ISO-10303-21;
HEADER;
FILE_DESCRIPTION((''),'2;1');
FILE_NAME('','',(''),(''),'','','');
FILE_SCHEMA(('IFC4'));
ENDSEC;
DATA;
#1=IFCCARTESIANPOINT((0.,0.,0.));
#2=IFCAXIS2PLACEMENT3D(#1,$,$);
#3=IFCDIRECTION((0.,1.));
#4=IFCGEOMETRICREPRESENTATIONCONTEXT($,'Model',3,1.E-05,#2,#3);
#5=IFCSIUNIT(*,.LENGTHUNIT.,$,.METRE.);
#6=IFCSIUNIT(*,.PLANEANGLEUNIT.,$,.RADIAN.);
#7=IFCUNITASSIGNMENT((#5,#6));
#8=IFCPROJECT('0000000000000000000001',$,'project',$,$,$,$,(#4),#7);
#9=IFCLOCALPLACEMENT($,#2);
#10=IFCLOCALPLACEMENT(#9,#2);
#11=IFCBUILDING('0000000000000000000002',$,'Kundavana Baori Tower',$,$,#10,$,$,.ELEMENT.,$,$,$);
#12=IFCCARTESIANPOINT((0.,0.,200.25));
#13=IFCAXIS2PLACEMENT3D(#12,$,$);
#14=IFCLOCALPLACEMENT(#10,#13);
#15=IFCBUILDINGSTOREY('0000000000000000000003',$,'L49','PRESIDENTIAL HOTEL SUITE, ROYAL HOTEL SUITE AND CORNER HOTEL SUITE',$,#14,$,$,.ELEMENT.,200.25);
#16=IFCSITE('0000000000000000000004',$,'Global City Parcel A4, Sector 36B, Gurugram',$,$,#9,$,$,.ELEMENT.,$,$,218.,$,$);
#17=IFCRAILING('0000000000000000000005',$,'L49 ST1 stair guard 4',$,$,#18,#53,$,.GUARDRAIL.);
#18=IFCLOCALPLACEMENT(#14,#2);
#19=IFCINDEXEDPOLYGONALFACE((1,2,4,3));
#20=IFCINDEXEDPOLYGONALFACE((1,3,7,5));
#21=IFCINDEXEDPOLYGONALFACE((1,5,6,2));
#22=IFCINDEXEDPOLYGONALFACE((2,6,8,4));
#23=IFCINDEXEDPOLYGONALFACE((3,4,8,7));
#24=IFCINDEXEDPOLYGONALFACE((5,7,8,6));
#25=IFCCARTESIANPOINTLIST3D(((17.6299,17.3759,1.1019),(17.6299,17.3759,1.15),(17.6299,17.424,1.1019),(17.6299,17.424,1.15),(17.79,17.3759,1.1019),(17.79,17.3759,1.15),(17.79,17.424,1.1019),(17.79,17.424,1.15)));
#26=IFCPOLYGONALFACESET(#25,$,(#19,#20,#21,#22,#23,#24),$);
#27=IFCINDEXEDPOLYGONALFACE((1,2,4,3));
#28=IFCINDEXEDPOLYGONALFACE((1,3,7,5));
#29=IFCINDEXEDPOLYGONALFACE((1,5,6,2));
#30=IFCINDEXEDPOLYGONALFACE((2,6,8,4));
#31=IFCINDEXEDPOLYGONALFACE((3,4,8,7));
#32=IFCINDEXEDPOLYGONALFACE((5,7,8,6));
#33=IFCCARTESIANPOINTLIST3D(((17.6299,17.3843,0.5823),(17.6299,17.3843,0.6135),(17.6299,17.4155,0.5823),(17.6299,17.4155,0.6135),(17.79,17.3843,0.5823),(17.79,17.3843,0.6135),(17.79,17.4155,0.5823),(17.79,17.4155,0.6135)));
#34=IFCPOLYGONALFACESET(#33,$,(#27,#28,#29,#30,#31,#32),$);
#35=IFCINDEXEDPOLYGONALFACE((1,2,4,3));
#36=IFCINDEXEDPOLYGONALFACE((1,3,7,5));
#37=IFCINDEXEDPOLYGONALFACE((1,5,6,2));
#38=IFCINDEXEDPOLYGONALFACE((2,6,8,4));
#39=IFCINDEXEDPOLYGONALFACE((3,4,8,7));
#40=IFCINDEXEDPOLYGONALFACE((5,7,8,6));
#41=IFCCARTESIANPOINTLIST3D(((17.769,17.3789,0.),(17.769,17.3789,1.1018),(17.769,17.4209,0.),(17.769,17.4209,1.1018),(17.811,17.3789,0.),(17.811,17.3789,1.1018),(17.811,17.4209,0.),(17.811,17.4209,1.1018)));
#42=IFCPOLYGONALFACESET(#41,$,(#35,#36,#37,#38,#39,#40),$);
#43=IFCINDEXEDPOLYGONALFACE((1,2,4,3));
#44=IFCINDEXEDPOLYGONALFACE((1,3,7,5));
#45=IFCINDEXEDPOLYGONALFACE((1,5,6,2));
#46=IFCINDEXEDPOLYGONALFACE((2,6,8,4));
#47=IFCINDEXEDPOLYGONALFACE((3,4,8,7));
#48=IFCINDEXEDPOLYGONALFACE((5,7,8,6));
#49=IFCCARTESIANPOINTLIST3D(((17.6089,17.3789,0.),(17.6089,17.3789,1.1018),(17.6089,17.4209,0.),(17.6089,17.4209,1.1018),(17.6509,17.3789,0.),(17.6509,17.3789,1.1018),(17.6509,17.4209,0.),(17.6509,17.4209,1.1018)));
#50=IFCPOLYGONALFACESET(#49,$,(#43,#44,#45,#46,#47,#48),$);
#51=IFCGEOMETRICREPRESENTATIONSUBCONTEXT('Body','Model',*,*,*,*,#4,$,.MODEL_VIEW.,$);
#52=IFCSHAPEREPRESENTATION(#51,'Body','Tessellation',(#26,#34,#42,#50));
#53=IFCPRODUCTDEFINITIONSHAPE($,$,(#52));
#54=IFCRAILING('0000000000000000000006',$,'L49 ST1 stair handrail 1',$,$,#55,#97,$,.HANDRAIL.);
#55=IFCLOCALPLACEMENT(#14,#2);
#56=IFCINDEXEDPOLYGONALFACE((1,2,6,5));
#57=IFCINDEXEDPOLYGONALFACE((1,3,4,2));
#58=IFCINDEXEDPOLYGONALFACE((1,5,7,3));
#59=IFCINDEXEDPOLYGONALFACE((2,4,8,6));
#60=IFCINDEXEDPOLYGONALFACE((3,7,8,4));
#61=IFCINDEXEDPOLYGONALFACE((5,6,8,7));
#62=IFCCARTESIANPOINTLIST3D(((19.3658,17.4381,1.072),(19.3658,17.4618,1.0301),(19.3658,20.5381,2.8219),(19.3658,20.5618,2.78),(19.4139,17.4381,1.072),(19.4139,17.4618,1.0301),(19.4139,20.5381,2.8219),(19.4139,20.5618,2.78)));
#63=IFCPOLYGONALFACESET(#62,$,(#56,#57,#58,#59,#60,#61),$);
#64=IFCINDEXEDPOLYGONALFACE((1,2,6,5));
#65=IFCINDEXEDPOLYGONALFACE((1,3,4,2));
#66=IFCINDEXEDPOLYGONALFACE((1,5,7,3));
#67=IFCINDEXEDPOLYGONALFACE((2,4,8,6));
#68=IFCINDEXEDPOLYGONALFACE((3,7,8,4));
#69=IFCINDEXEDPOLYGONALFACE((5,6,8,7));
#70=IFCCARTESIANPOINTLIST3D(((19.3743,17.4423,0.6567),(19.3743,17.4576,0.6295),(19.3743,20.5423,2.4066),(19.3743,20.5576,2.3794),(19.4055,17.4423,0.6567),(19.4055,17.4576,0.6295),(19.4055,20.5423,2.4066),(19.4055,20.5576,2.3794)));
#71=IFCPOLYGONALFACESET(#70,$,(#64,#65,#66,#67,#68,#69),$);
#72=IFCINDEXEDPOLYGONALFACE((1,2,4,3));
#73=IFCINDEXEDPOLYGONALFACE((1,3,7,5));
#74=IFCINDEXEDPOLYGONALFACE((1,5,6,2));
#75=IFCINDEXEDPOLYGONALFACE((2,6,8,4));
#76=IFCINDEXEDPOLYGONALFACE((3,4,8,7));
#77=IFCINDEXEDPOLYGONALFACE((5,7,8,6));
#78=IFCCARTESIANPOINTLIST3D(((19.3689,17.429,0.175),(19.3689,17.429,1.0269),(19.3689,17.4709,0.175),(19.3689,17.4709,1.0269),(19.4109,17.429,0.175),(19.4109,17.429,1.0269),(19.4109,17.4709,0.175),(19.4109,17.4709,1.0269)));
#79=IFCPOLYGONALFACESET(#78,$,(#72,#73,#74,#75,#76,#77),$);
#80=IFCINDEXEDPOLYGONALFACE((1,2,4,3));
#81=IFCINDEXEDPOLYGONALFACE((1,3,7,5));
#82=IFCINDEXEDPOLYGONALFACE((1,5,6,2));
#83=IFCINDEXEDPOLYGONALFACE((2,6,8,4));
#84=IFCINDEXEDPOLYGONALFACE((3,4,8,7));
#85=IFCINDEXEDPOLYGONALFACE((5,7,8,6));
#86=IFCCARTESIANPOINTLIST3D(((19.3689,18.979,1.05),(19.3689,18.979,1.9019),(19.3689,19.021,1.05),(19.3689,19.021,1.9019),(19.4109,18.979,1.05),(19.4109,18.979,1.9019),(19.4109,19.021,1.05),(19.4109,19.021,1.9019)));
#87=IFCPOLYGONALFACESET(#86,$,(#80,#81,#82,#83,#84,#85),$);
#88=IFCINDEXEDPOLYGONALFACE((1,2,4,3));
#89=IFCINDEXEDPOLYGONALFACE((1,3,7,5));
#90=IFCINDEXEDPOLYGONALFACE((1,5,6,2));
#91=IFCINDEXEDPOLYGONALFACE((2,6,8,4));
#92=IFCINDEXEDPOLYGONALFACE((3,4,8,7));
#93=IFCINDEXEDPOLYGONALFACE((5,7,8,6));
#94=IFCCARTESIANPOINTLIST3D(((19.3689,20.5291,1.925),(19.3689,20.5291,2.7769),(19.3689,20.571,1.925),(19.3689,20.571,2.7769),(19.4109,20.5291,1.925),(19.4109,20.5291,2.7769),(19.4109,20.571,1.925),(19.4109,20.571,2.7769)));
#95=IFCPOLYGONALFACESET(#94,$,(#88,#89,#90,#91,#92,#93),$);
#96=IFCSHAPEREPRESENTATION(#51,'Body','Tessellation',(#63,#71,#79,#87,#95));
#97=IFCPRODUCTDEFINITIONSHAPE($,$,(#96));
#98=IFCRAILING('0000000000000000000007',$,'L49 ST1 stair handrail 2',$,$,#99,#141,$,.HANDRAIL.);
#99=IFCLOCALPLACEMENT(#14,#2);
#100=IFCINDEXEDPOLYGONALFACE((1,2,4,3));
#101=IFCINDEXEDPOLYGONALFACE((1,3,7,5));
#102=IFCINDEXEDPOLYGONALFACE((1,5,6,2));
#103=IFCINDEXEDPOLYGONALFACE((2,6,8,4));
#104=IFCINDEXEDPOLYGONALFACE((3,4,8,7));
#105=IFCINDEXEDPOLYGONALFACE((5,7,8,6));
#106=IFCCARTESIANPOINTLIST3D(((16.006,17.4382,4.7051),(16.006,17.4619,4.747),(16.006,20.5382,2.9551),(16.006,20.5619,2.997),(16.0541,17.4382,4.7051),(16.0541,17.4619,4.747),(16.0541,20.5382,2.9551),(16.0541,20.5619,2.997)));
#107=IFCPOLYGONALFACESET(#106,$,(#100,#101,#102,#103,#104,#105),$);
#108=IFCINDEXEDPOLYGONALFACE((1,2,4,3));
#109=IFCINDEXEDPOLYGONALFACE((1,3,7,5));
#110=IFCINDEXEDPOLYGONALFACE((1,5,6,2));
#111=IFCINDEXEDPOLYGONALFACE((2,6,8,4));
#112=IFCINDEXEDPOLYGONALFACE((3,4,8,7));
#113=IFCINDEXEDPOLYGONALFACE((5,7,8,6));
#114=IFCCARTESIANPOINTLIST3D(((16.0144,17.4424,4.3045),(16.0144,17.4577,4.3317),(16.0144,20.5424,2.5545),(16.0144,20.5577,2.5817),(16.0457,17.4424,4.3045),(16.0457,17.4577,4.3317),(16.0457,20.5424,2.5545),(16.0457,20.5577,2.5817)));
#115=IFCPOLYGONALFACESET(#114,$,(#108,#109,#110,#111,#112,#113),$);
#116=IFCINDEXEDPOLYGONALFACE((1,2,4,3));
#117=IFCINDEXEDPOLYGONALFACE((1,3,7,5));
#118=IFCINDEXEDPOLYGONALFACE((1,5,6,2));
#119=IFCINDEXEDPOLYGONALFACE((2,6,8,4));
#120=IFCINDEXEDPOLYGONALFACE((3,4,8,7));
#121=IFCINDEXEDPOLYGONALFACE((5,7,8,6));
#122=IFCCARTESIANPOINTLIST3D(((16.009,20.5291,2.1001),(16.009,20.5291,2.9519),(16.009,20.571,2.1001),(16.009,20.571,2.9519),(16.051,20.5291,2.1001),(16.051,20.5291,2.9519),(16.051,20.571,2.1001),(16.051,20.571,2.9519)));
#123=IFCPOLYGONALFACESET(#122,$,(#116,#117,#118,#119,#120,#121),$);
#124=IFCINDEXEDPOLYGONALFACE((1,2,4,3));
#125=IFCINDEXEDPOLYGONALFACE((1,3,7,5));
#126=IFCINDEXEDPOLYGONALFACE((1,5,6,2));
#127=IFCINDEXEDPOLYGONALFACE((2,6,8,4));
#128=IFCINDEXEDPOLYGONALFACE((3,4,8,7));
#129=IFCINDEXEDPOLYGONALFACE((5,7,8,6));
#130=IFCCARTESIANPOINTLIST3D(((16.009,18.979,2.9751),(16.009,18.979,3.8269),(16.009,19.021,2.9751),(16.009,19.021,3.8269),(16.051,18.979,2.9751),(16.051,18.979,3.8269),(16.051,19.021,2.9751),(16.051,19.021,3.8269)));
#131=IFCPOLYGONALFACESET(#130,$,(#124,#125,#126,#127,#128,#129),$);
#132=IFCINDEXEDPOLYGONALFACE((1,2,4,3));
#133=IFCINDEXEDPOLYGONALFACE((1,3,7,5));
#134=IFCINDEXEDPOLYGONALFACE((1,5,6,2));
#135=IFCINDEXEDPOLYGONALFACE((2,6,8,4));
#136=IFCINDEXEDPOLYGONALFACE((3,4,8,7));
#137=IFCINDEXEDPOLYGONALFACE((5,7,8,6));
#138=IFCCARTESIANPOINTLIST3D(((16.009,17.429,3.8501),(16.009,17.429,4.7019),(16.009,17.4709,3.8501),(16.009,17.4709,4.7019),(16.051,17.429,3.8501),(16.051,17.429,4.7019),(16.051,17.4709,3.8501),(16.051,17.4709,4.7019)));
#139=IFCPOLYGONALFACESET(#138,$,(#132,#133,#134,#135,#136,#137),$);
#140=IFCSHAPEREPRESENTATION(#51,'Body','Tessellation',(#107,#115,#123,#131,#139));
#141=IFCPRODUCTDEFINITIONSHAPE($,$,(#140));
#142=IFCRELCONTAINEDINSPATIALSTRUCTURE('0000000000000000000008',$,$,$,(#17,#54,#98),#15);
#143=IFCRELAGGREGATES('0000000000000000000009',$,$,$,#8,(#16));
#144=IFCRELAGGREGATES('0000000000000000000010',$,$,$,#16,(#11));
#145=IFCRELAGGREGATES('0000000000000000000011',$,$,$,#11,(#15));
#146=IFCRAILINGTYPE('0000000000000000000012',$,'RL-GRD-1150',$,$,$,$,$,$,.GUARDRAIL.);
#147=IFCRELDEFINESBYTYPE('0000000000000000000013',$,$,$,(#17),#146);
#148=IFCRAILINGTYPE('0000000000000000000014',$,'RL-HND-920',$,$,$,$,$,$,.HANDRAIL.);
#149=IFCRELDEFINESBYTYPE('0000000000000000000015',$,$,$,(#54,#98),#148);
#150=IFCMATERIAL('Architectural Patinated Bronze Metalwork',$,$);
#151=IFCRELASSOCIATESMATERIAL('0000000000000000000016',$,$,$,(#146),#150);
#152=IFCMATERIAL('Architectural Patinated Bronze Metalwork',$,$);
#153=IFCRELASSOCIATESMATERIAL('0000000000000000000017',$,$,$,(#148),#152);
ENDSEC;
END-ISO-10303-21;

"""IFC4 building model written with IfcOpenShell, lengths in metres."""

from ifc_helpers import new_model, si_unit, direction, frame, origin, origin_2d, place, context, subcontext, project, spatial, rectangle, extrude, material, type_object, element, save


model = new_model("IFC4")

# Units and contexts
model_context = context("Model", 3, precision=1e-05, world=origin(), true_north=direction((0.0, 1.0)))
body_context = subcontext(model_context, "Body", "Model", "MODEL_VIEW")
ifc_project = project(units=[si_unit("LENGTHUNIT", "METRE"), si_unit("PLANEANGLEUNIT", "RADIAN")], contexts=[model_context])

# Site, building, storey
site_placement = place(None, origin())
site = spatial("IfcSite", under=ifc_project, at=site_placement, Name="Global City Parcel A4, Sector 36B, Gurugram", CompositionType="ELEMENT", RefElevation=218.0)
building_placement = place(site_placement, origin())
building = spatial("IfcBuilding", under=site, at=building_placement, Name="Kundavana Baori Tower", CompositionType="ELEMENT")
storey_placement = place(building_placement, frame((0.0, 0.0, 200.25)))
storey = spatial("IfcBuildingStorey", under=building, at=storey_placement, Name="L49", Description="PRESIDENTIAL HOTEL SUITE, ROYAL HOTEL SUITE AND CORNER HOTEL SUITE", CompositionType="ELEMENT", Elevation=200.25)

# Railings
ifc_material_1 = material(Name="Architectural Patinated Bronze Metalwork")
railing_type_1 = type_object("IfcRailingType", Name="RL-GRD-1150", PredefinedType="GUARDRAIL", material=ifc_material_1)
railing_1_placement = place(storey_placement, frame((17.79, 17.3999, 0.0)))
element("IfcRailing", 1, at=railing_1_placement, inside=storey, type_object=railing_type_1, Name="L49 ST1 stair guard 4", PredefinedType="GUARDRAIL", context=body_context, shape_type="SweptSolid", body=[
    extrude(rectangle(XDim=0.0481, YDim=0.0481, at=origin_2d()), frame((0.0, 0.0, 1.126), z_axis=(-1.0, 0.0, 0.0), x_axis=(0.0, -1.0, 0.0)), (0.0, 0.0, 1.0), 0.1602),
    extrude(rectangle(XDim=0.0312, YDim=0.0312, at=origin_2d()), frame((0.0, 0.0, 0.5979), z_axis=(-1.0, 0.0, 0.0), x_axis=(0.0, -1.0, 0.0)), (0.0, 0.0, 1.0), 0.1602),
    extrude(rectangle(XDim=0.042, YDim=0.042, at=origin_2d()), origin(), (0.0, 0.0, 1.0), 1.1018),
    extrude(rectangle(XDim=0.042, YDim=0.042, at=origin_2d()), frame((-0.1602, 0.0, 0.0)), (0.0, 0.0, 1.0), 1.1018),
])
ifc_material_2 = material(Name="Architectural Patinated Bronze Metalwork")
railing_type_2 = type_object("IfcRailingType", Name="RL-HND-920", PredefinedType="HANDRAIL", material=ifc_material_2)
railing_2_placement = place(storey_placement, frame((19.3899, 17.45, 0.175)))
element("IfcRailing", 2, at=railing_2_placement, inside=storey, type_object=railing_type_2, Name="L49 ST1 stair handrail 1", PredefinedType="HANDRAIL", context=body_context, shape_type="SweptSolid", body=[
    extrude(rectangle(XDim=0.0481, YDim=0.0481, at=origin_2d()), frame((0.0, 0.0, 0.876), z_axis=(0.0, 0.870831, 0.491583), x_axis=(-1.0, 0.0, 0.0)), (0.0, 0.0, 1.0), 3.5598),
    extrude(rectangle(XDim=0.0312, YDim=0.0312, at=origin_2d()), frame((0.0, 0.0, 0.468), z_axis=(0.0, 0.870831, 0.491583), x_axis=(-1.0, 0.0, 0.0)), (0.0, 0.0, 1.0), 3.5598),
    extrude(rectangle(XDim=0.042, YDim=0.042, at=origin_2d()), origin(), (0.0, 0.0, 1.0), 0.8518),
    extrude(rectangle(XDim=0.042, YDim=0.042, at=origin_2d()), frame((0.0, 1.55, 0.875)), (0.0, 0.0, 1.0), 0.8518),
    extrude(rectangle(XDim=0.042, YDim=0.042, at=origin_2d()), frame((0.0, 3.1001, 1.75)), (0.0, 0.0, 1.0), 0.8518),
])
railing_3_placement = place(storey_placement, frame((16.03, 20.55, 2.1001)))
element("IfcRailing", 3, at=railing_3_placement, inside=storey, type_object=railing_type_2, Name="L49 ST1 stair handrail 2", PredefinedType="HANDRAIL", context=body_context, shape_type="SweptSolid", body=[
    extrude(rectangle(XDim=0.0481, YDim=0.0481, at=origin_2d()), frame((0.0, 0.0, 0.876), z_axis=(0.0, -0.870831, 0.491583), x_axis=(1.0, 0.0, 0.0)), (0.0, 0.0, 1.0), 3.5598),
    extrude(rectangle(XDim=0.0312, YDim=0.0312, at=origin_2d()), frame((0.0, 0.0, 0.468), z_axis=(0.0, -0.870831, 0.491583), x_axis=(1.0, 0.0, 0.0)), (0.0, 0.0, 1.0), 3.5598),
    extrude(rectangle(XDim=0.042, YDim=0.042, at=origin_2d()), origin(), (0.0, 0.0, 1.0), 0.8518),
    extrude(rectangle(XDim=0.042, YDim=0.042, at=origin_2d()), frame((0.0, -1.55, 0.875)), (0.0, 0.0, 1.0), 0.8518),
    extrude(rectangle(XDim=0.042, YDim=0.042, at=origin_2d()), frame((0.0, -3.1001, 1.75)), (0.0, 0.0, 1.0), 0.8518),
])

save(model, "model.ifc")
